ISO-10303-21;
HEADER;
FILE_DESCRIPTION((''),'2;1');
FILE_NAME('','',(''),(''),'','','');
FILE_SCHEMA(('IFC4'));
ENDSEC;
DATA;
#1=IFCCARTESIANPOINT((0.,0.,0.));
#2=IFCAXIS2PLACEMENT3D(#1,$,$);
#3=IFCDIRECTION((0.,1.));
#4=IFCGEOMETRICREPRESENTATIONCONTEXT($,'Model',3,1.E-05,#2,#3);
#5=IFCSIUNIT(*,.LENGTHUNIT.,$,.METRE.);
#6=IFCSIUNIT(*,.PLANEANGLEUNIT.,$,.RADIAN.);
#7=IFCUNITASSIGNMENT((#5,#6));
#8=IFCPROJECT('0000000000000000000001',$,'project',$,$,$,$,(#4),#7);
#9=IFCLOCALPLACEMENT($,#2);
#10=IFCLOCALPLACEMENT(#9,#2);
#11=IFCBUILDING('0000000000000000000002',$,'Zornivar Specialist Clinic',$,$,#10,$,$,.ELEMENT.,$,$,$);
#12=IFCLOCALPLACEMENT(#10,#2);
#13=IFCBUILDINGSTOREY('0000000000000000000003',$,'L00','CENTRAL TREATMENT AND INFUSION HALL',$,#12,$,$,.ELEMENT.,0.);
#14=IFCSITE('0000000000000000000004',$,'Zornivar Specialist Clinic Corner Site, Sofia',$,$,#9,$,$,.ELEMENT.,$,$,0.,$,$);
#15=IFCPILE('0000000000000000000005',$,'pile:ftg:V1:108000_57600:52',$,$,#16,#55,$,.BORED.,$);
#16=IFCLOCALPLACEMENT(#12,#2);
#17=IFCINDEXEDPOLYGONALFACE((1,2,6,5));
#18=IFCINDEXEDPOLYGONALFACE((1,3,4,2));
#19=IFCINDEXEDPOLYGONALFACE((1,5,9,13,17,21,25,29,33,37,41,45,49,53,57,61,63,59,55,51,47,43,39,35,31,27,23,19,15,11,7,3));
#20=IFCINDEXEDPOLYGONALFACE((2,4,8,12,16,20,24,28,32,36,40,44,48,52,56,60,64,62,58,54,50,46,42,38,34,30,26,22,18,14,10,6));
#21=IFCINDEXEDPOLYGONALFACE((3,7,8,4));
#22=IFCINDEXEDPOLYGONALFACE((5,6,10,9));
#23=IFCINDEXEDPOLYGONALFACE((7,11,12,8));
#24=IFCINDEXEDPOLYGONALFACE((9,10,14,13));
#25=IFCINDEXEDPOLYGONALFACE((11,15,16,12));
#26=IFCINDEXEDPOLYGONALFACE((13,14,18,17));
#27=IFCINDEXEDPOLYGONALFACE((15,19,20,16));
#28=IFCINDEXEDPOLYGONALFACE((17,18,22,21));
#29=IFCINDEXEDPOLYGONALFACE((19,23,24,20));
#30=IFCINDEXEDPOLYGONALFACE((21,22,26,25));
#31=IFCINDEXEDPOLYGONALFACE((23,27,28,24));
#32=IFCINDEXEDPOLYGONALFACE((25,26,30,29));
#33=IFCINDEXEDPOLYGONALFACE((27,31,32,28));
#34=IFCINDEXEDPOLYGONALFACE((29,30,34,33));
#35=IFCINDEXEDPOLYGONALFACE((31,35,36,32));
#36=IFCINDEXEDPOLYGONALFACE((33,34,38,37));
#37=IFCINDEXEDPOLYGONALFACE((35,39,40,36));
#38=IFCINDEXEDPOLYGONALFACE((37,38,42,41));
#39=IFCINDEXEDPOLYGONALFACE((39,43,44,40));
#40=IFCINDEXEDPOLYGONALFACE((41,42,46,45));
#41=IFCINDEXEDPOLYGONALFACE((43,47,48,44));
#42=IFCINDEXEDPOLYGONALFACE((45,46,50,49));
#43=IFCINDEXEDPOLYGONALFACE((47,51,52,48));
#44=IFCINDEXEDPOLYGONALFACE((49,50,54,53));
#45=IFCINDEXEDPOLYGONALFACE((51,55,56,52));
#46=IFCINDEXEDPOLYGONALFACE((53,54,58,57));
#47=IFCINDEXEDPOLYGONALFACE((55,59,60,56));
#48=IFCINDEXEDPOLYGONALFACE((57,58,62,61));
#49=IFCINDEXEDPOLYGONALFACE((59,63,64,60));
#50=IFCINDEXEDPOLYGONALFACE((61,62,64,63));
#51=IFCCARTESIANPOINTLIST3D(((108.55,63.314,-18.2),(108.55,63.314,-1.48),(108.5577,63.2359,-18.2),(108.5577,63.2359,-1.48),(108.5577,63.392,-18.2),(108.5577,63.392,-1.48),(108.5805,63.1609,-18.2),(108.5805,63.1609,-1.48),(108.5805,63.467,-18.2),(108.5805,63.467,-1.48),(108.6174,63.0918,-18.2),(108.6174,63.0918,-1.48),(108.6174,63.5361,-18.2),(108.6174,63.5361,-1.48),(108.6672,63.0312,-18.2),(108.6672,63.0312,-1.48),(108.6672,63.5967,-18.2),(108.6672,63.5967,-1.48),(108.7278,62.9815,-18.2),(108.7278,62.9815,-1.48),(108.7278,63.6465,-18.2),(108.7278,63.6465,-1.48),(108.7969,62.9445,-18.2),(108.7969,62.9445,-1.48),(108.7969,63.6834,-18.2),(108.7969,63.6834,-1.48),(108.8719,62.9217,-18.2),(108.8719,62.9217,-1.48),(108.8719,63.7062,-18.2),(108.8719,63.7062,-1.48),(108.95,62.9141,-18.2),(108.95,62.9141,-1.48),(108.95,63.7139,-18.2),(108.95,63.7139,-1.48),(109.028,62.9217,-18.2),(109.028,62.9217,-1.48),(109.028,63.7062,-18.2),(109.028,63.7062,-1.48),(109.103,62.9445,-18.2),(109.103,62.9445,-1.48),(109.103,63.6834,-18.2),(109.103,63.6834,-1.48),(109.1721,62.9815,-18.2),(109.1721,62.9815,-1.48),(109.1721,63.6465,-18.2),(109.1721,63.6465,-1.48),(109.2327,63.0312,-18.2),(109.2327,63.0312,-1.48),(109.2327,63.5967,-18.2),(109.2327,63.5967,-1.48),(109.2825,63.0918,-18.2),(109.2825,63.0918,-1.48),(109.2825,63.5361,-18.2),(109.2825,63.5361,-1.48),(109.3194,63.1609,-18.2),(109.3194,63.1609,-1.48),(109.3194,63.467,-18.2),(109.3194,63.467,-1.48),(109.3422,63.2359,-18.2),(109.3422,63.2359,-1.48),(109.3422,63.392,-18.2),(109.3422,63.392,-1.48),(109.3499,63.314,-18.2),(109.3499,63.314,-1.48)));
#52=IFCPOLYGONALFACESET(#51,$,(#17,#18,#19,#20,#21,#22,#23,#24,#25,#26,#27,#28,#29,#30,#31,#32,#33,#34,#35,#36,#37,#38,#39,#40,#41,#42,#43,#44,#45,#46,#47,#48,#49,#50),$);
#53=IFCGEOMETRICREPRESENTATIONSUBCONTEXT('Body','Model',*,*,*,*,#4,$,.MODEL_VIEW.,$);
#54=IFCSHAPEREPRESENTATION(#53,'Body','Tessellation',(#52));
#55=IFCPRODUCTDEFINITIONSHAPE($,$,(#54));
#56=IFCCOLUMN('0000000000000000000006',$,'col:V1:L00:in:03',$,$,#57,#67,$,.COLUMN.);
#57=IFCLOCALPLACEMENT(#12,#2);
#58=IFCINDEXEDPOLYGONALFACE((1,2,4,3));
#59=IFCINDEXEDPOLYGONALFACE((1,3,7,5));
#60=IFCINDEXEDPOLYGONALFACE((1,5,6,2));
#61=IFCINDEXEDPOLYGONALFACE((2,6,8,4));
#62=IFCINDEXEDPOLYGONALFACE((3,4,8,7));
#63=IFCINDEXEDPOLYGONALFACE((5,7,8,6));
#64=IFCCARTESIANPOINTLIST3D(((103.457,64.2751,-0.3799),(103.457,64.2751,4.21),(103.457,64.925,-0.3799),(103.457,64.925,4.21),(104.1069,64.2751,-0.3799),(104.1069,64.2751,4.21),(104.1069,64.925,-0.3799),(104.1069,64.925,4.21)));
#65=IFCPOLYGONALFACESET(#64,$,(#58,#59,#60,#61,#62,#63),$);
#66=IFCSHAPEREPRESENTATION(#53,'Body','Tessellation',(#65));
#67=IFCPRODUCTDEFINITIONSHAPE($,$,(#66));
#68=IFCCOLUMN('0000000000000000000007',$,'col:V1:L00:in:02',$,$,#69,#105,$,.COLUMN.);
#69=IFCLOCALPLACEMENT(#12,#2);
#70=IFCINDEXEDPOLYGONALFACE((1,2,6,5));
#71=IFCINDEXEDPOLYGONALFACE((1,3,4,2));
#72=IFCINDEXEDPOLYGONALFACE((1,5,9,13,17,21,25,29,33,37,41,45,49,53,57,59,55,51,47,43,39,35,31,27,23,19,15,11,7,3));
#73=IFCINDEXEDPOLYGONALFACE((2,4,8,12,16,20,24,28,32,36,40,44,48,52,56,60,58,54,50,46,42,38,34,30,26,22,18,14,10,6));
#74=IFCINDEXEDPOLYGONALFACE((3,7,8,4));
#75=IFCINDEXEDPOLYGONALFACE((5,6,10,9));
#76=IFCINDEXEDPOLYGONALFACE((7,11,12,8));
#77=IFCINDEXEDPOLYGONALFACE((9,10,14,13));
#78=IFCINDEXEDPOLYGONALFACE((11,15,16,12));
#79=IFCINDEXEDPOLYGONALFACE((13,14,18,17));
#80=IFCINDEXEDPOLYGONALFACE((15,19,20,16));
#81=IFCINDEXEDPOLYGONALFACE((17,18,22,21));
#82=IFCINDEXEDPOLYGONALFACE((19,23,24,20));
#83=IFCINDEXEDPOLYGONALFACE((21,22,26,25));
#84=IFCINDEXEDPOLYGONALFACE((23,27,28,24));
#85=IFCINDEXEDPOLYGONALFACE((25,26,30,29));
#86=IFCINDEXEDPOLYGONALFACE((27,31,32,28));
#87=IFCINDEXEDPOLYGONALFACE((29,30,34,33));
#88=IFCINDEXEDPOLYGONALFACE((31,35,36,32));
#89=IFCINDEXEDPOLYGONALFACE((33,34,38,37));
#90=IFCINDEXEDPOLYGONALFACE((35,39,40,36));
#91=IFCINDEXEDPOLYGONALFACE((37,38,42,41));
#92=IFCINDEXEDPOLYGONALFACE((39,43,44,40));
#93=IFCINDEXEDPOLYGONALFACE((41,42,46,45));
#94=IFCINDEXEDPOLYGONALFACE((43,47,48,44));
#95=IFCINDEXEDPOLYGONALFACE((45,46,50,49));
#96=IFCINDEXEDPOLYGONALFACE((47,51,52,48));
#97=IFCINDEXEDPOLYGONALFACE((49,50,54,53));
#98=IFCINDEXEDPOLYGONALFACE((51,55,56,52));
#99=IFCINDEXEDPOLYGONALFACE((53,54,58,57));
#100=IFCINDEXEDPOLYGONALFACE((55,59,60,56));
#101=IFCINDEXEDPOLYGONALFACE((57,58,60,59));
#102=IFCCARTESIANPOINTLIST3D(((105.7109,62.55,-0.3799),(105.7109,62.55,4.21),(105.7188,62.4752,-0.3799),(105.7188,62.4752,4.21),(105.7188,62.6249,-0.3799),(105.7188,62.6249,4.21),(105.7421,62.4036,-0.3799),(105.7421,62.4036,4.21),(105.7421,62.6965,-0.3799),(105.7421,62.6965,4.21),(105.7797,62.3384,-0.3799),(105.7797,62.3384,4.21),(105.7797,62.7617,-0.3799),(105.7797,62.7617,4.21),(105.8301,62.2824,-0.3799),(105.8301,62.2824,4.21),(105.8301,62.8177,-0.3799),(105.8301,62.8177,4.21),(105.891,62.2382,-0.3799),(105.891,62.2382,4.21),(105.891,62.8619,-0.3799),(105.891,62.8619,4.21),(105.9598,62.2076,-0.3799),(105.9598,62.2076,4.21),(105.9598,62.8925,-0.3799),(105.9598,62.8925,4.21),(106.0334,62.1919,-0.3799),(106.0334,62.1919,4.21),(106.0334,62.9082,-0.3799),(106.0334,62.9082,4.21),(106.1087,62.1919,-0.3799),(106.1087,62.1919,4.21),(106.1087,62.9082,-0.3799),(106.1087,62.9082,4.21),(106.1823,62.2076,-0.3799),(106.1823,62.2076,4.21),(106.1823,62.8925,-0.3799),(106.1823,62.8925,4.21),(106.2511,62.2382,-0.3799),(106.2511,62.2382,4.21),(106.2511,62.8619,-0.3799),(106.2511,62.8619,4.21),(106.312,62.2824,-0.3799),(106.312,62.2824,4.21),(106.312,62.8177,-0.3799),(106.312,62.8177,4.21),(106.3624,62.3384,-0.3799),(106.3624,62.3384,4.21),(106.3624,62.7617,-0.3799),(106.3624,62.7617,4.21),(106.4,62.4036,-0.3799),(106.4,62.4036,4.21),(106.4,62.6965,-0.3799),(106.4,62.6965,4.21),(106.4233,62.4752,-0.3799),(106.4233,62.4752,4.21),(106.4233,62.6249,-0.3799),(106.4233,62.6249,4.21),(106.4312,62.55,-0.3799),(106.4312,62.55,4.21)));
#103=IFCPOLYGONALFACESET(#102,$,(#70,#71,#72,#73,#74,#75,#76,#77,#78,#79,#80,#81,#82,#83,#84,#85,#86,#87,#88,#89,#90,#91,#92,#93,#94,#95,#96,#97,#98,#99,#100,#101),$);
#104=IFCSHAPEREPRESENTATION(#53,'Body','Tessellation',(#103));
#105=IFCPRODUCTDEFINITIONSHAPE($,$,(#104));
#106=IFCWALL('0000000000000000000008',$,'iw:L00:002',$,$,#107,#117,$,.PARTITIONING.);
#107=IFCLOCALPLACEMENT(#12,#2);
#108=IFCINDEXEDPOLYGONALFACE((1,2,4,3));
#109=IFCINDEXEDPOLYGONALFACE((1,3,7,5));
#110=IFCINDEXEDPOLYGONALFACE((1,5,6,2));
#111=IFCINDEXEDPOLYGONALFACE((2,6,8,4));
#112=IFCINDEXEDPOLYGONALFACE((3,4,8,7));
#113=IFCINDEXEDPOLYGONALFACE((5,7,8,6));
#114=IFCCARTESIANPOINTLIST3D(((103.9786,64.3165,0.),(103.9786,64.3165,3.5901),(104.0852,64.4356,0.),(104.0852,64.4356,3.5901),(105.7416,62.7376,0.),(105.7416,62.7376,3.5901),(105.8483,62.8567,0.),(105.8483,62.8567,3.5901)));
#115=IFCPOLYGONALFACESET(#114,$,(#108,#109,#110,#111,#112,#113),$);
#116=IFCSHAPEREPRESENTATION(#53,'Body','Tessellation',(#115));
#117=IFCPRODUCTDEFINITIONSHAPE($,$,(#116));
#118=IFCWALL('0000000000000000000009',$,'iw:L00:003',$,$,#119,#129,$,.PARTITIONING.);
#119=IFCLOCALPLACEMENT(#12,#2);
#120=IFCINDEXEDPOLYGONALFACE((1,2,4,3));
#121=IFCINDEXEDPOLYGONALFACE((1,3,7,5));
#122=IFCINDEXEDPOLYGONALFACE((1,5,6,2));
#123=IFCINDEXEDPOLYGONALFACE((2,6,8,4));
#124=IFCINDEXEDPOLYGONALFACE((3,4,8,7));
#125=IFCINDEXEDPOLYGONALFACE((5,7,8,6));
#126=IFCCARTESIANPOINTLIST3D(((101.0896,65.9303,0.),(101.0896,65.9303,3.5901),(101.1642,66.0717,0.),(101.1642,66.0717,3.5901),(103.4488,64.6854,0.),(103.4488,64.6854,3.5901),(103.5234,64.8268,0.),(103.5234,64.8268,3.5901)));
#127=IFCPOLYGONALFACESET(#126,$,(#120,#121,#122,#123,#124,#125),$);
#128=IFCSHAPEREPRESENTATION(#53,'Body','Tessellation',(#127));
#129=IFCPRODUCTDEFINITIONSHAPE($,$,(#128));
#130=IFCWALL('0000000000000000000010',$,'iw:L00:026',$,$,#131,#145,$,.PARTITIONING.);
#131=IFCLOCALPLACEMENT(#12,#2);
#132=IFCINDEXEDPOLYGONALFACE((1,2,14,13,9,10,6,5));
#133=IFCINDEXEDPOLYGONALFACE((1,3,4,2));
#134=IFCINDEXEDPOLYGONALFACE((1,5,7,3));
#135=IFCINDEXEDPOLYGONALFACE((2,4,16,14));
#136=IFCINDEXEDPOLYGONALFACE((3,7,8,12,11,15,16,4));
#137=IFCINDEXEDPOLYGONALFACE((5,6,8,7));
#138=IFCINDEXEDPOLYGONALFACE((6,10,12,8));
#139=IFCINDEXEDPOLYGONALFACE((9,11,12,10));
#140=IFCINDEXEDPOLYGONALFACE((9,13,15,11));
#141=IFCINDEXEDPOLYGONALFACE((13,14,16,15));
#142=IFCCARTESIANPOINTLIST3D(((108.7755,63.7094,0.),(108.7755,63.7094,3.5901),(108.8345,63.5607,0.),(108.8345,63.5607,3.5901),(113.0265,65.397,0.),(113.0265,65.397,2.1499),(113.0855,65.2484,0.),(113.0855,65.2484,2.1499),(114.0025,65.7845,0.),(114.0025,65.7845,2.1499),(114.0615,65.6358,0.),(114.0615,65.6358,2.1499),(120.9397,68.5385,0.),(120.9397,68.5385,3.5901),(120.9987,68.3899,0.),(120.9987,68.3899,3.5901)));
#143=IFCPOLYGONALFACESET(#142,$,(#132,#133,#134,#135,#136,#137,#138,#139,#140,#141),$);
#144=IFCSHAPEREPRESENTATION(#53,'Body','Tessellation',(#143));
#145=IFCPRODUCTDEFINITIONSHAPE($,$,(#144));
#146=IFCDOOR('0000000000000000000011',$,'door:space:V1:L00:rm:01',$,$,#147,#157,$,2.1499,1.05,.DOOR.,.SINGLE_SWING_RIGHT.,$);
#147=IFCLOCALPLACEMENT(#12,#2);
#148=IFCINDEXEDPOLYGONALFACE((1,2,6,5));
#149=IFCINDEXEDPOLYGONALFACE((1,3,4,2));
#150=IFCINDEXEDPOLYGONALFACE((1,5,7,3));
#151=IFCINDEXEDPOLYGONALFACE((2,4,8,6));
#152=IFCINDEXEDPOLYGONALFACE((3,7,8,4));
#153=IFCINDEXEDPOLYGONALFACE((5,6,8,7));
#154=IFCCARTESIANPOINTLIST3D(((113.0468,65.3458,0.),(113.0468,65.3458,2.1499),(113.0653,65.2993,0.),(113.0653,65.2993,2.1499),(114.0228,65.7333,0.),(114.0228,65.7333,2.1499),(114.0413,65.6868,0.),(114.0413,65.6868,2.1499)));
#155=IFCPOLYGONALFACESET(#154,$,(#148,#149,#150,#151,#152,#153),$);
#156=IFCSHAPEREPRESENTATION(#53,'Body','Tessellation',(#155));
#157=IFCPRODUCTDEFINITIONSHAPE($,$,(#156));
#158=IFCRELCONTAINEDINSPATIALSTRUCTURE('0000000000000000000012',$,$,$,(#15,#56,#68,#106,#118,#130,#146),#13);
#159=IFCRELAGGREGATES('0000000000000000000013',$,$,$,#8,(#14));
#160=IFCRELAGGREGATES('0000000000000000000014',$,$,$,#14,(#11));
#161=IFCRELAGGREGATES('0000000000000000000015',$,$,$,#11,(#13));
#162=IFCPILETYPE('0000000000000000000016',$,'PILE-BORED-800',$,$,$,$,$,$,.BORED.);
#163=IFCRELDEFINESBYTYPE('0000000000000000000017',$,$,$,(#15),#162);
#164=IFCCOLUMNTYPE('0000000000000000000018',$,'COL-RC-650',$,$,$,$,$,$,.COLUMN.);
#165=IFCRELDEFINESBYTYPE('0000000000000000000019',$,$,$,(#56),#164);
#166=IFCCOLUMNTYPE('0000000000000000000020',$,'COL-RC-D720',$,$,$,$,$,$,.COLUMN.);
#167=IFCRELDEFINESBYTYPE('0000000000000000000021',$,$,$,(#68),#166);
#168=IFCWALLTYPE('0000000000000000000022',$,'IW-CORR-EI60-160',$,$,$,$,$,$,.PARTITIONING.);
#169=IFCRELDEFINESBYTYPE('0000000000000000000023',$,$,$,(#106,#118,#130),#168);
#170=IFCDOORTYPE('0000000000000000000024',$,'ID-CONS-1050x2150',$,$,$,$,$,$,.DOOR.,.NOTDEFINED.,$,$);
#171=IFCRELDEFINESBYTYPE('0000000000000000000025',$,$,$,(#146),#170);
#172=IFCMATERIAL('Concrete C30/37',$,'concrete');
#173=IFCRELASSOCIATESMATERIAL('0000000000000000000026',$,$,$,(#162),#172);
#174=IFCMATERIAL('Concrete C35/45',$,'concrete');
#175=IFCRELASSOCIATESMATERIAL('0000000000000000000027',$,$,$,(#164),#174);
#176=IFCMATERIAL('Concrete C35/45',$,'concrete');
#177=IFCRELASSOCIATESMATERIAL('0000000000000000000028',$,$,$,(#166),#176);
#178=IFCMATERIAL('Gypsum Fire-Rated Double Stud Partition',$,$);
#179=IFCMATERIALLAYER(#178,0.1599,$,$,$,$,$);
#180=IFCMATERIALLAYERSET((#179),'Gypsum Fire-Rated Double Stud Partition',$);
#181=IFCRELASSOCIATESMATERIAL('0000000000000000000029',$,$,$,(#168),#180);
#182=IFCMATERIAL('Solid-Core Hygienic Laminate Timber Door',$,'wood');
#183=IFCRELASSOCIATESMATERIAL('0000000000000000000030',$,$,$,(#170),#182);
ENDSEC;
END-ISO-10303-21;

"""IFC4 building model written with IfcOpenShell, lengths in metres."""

from ifc_helpers import new_model, si_unit, direction, frame, frame_2d, origin, origin_2d, place, context, subcontext, project, spatial, rectangle, circle, extrude, material, layer, layer_set, material_profile, profile_set, type_object, element, fill, save


model = new_model("IFC4")

# Units and contexts
model_context = context("Model", 3, precision=1e-05, world=origin(), true_north=direction((0.0, 1.0)))
body_context = subcontext(model_context, "Body", "Model", "MODEL_VIEW")
ifc_project = project(units=[si_unit("LENGTHUNIT", "METRE"), si_unit("PLANEANGLEUNIT", "RADIAN")], contexts=[model_context])

# Site, building, storey
site_placement = place(None, origin())
site = spatial("IfcSite", under=ifc_project, at=site_placement, Name="Zornivar Specialist Clinic Corner Site, Sofia", CompositionType="ELEMENT", RefElevation=0.0)
building_placement = place(site_placement, origin())
building = spatial("IfcBuilding", under=site, at=building_placement, Name="Zornivar Specialist Clinic", CompositionType="ELEMENT")
storey_placement = place(building_placement, origin())
storey = spatial("IfcBuildingStorey", under=building, at=storey_placement, Name="L00", Description="CENTRAL TREATMENT AND INFUSION HALL", CompositionType="ELEMENT", Elevation=0.0)

# Pile
ifc_material_1 = material(Name="Concrete C30/37", Category="concrete")
ifc_material_profile_1 = material_profile(ifc_material_1, circle(Radius=0.3999, at=origin_2d()), Name="PILE D800")
ifc_profile_set_1 = profile_set([ifc_material_profile_1], Name="Concrete C30/37")
pile_type = type_object("IfcPileType", Name="PILE-BORED-800", PredefinedType="BORED", material=ifc_profile_set_1)
for number, where, z_axis, x_axis, name in (
    (1, (108.95, 63.314, -1.48), (0.0, 0.0, -1.0), (1.0, 0.0, 0.0), "pile:ftg:V1:108000_57600:52"),
):
    element("IfcPile", number, at=place(storey_placement, frame(where, z_axis=z_axis, x_axis=x_axis)), inside=storey, type_object=pile_type, Name=name, PredefinedType="BORED", context=body_context, shape_type="SweptSolid", body=[
        extrude(circle(Radius=0.3999, at=origin_2d()), origin(), (0.0, 0.0, 1.0), 16.72),
    ])

# Columns
ifc_material_2 = material(Name="Concrete C35/45", Category="concrete")
ifc_material_profile_2 = material_profile(ifc_material_2, rectangle(XDim=0.6499, YDim=0.6499, at=origin_2d()), Name="RC 650x650")
ifc_profile_set_2 = profile_set([ifc_material_profile_2], Name="Concrete C35/45")
column_type_1 = type_object("IfcColumnType", Name="COL-RC-650", PredefinedType="COLUMN", material=ifc_profile_set_2)
column_1_placement = place(storey_placement, frame((103.782, 64.6001, -0.3799), z_axis=(0.0, 0.0, 1.0), x_axis=(1.0, 0.0, 0.0)))
element("IfcColumn", 2, at=column_1_placement, inside=storey, type_object=column_type_1, Name="col:V1:L00:in:03", PredefinedType="COLUMN", context=body_context, shape_type="SweptSolid", body=[
    extrude(rectangle(XDim=0.6499, YDim=0.6499, at=origin_2d()), origin(), (0.0, 0.0, 1.0), 4.5898),
])
ifc_material_3 = material(Name="Concrete C35/45", Category="concrete")
ifc_material_profile_3 = material_profile(ifc_material_3, circle(Radius=0.3601, at=origin_2d()), Name="RC D720")
ifc_profile_set_3 = profile_set([ifc_material_profile_3], Name="Concrete C35/45")
column_type_2 = type_object("IfcColumnType", Name="COL-RC-D720", PredefinedType="COLUMN", material=ifc_profile_set_3)
column_2_placement = place(storey_placement, frame((106.071, 62.55, -0.3799), z_axis=(0.0, 0.0, 1.0), x_axis=(1.0, 0.0, 0.0)))
element("IfcColumn", 3, at=column_2_placement, inside=storey, type_object=column_type_2, Name="col:V1:L00:in:02", PredefinedType="COLUMN", context=body_context, shape_type="SweptSolid", body=[
    extrude(circle(Radius=0.3601, at=origin_2d()), origin(), (0.0, 0.0, 1.0), 4.5898),
])

# Walls
ifc_material_4 = material(Name="Gypsum Fire-Rated Double Stud Partition")
ifc_layer_1 = layer(ifc_material_4, 0.1599)
ifc_layer_set_1 = layer_set([ifc_layer_1], Name="Gypsum Fire-Rated Double Stud Partition")
wall_type_1 = type_object("IfcWallType", Name="IW-CORR-EI60-160", PredefinedType="PARTITIONING", material=ifc_layer_set_1)
wall_1_placement = place(storey_placement, frame((105.7949, 62.7971, 0.0), z_axis=(0.0, 0.0, 1.0), x_axis=(-0.744928, 0.667145, 0.0)))
element("IfcWall", 4, at=wall_1_placement, inside=storey, type_object=wall_type_1, Name="iw:L00:002", PredefinedType="PARTITIONING", context=body_context, shape_type="SweptSolid", body=[
    extrude(rectangle(XDim=2.3667, YDim=0.1599, at=frame_2d((1.1833, 0.0))), origin(), (0.0, 0.0, 1.0), 3.5901),
])
wall_2_placement = place(storey_placement, frame((103.4861, 64.7561, 0.0), z_axis=(0.0, 0.0, 1.0), x_axis=(-0.884419, 0.466693, 0.0)))
element("IfcWall", 5, at=wall_2_placement, inside=storey, type_object=wall_type_1, Name="iw:L00:003", PredefinedType="PARTITIONING", context=body_context, shape_type="SweptSolid", body=[
    extrude(rectangle(XDim=2.6675, YDim=0.1599, at=frame_2d((1.3337, 0.0))), origin(), (0.0, 0.0, 1.0), 3.5901),
])

# Wall, opening, door
wall_3_placement = place(storey_placement, frame((108.8049, 63.635, 0.0), z_axis=(0.0, 0.0, 1.0), x_axis=(0.929436, 0.368984, 0.0)))
wall_3 = element("IfcWall", 6, at=wall_3_placement, inside=storey, type_object=wall_type_1, Name="iw:L00:026", PredefinedType="PARTITIONING", context=body_context, shape_type="SweptSolid", body=[
    extrude(rectangle(XDim=13.0876, YDim=0.1599, at=frame_2d((6.5439, 0.0))), origin(), (0.0, 0.0, 1.0), 3.5901),
])
opening_1_placement = place(wall_3_placement, frame((4.574, 0.0, 0.0)))
opening_1 = element("IfcOpeningElement", 7, at=opening_1_placement, cuts=wall_3, PredefinedType="OPENING", context=body_context, shape_type="SweptSolid", body=[
    extrude(rectangle(XDim=1.05, YDim=2.1499, at=frame_2d((0.5249, 1.075))), frame((0.0, 0.0898, 0.0), z_axis=(0.0, -1.0, 0.0), x_axis=(1.0, 0.0, 0.0)), (0.0, 0.0, 1.0), 0.1799),
])
ifc_material_5 = material(Name="Solid-Core Hygienic Laminate Timber Door", Category="wood")
door_type_1 = type_object("IfcDoorType", Name="ID-CONS-1050x2150", OperationType="NOTDEFINED", PredefinedType="DOOR", material=ifc_material_5)
door_1_placement = place(opening_1_placement, origin())
door_1 = element("IfcDoor", 8, at=door_1_placement, inside=storey, type_object=door_type_1, Name="door:space:V1:L00:rm:01", OperationType="SINGLE_SWING_RIGHT", OverallHeight=2.1499, OverallWidth=1.05, PredefinedType="DOOR", context=body_context, shape_type="SweptSolid", body=[
    extrude(rectangle(XDim=1.05, YDim=2.1499, at=frame_2d((0.5249, 1.075))), frame((0.0, 0.0249, 0.0), z_axis=(0.0, -1.0, 0.0), x_axis=(1.0, 0.0, 0.0)), (0.0, 0.0, 1.0), 0.05),
])
fill(opening_1, door_1)

save(model, "model.ifc")
